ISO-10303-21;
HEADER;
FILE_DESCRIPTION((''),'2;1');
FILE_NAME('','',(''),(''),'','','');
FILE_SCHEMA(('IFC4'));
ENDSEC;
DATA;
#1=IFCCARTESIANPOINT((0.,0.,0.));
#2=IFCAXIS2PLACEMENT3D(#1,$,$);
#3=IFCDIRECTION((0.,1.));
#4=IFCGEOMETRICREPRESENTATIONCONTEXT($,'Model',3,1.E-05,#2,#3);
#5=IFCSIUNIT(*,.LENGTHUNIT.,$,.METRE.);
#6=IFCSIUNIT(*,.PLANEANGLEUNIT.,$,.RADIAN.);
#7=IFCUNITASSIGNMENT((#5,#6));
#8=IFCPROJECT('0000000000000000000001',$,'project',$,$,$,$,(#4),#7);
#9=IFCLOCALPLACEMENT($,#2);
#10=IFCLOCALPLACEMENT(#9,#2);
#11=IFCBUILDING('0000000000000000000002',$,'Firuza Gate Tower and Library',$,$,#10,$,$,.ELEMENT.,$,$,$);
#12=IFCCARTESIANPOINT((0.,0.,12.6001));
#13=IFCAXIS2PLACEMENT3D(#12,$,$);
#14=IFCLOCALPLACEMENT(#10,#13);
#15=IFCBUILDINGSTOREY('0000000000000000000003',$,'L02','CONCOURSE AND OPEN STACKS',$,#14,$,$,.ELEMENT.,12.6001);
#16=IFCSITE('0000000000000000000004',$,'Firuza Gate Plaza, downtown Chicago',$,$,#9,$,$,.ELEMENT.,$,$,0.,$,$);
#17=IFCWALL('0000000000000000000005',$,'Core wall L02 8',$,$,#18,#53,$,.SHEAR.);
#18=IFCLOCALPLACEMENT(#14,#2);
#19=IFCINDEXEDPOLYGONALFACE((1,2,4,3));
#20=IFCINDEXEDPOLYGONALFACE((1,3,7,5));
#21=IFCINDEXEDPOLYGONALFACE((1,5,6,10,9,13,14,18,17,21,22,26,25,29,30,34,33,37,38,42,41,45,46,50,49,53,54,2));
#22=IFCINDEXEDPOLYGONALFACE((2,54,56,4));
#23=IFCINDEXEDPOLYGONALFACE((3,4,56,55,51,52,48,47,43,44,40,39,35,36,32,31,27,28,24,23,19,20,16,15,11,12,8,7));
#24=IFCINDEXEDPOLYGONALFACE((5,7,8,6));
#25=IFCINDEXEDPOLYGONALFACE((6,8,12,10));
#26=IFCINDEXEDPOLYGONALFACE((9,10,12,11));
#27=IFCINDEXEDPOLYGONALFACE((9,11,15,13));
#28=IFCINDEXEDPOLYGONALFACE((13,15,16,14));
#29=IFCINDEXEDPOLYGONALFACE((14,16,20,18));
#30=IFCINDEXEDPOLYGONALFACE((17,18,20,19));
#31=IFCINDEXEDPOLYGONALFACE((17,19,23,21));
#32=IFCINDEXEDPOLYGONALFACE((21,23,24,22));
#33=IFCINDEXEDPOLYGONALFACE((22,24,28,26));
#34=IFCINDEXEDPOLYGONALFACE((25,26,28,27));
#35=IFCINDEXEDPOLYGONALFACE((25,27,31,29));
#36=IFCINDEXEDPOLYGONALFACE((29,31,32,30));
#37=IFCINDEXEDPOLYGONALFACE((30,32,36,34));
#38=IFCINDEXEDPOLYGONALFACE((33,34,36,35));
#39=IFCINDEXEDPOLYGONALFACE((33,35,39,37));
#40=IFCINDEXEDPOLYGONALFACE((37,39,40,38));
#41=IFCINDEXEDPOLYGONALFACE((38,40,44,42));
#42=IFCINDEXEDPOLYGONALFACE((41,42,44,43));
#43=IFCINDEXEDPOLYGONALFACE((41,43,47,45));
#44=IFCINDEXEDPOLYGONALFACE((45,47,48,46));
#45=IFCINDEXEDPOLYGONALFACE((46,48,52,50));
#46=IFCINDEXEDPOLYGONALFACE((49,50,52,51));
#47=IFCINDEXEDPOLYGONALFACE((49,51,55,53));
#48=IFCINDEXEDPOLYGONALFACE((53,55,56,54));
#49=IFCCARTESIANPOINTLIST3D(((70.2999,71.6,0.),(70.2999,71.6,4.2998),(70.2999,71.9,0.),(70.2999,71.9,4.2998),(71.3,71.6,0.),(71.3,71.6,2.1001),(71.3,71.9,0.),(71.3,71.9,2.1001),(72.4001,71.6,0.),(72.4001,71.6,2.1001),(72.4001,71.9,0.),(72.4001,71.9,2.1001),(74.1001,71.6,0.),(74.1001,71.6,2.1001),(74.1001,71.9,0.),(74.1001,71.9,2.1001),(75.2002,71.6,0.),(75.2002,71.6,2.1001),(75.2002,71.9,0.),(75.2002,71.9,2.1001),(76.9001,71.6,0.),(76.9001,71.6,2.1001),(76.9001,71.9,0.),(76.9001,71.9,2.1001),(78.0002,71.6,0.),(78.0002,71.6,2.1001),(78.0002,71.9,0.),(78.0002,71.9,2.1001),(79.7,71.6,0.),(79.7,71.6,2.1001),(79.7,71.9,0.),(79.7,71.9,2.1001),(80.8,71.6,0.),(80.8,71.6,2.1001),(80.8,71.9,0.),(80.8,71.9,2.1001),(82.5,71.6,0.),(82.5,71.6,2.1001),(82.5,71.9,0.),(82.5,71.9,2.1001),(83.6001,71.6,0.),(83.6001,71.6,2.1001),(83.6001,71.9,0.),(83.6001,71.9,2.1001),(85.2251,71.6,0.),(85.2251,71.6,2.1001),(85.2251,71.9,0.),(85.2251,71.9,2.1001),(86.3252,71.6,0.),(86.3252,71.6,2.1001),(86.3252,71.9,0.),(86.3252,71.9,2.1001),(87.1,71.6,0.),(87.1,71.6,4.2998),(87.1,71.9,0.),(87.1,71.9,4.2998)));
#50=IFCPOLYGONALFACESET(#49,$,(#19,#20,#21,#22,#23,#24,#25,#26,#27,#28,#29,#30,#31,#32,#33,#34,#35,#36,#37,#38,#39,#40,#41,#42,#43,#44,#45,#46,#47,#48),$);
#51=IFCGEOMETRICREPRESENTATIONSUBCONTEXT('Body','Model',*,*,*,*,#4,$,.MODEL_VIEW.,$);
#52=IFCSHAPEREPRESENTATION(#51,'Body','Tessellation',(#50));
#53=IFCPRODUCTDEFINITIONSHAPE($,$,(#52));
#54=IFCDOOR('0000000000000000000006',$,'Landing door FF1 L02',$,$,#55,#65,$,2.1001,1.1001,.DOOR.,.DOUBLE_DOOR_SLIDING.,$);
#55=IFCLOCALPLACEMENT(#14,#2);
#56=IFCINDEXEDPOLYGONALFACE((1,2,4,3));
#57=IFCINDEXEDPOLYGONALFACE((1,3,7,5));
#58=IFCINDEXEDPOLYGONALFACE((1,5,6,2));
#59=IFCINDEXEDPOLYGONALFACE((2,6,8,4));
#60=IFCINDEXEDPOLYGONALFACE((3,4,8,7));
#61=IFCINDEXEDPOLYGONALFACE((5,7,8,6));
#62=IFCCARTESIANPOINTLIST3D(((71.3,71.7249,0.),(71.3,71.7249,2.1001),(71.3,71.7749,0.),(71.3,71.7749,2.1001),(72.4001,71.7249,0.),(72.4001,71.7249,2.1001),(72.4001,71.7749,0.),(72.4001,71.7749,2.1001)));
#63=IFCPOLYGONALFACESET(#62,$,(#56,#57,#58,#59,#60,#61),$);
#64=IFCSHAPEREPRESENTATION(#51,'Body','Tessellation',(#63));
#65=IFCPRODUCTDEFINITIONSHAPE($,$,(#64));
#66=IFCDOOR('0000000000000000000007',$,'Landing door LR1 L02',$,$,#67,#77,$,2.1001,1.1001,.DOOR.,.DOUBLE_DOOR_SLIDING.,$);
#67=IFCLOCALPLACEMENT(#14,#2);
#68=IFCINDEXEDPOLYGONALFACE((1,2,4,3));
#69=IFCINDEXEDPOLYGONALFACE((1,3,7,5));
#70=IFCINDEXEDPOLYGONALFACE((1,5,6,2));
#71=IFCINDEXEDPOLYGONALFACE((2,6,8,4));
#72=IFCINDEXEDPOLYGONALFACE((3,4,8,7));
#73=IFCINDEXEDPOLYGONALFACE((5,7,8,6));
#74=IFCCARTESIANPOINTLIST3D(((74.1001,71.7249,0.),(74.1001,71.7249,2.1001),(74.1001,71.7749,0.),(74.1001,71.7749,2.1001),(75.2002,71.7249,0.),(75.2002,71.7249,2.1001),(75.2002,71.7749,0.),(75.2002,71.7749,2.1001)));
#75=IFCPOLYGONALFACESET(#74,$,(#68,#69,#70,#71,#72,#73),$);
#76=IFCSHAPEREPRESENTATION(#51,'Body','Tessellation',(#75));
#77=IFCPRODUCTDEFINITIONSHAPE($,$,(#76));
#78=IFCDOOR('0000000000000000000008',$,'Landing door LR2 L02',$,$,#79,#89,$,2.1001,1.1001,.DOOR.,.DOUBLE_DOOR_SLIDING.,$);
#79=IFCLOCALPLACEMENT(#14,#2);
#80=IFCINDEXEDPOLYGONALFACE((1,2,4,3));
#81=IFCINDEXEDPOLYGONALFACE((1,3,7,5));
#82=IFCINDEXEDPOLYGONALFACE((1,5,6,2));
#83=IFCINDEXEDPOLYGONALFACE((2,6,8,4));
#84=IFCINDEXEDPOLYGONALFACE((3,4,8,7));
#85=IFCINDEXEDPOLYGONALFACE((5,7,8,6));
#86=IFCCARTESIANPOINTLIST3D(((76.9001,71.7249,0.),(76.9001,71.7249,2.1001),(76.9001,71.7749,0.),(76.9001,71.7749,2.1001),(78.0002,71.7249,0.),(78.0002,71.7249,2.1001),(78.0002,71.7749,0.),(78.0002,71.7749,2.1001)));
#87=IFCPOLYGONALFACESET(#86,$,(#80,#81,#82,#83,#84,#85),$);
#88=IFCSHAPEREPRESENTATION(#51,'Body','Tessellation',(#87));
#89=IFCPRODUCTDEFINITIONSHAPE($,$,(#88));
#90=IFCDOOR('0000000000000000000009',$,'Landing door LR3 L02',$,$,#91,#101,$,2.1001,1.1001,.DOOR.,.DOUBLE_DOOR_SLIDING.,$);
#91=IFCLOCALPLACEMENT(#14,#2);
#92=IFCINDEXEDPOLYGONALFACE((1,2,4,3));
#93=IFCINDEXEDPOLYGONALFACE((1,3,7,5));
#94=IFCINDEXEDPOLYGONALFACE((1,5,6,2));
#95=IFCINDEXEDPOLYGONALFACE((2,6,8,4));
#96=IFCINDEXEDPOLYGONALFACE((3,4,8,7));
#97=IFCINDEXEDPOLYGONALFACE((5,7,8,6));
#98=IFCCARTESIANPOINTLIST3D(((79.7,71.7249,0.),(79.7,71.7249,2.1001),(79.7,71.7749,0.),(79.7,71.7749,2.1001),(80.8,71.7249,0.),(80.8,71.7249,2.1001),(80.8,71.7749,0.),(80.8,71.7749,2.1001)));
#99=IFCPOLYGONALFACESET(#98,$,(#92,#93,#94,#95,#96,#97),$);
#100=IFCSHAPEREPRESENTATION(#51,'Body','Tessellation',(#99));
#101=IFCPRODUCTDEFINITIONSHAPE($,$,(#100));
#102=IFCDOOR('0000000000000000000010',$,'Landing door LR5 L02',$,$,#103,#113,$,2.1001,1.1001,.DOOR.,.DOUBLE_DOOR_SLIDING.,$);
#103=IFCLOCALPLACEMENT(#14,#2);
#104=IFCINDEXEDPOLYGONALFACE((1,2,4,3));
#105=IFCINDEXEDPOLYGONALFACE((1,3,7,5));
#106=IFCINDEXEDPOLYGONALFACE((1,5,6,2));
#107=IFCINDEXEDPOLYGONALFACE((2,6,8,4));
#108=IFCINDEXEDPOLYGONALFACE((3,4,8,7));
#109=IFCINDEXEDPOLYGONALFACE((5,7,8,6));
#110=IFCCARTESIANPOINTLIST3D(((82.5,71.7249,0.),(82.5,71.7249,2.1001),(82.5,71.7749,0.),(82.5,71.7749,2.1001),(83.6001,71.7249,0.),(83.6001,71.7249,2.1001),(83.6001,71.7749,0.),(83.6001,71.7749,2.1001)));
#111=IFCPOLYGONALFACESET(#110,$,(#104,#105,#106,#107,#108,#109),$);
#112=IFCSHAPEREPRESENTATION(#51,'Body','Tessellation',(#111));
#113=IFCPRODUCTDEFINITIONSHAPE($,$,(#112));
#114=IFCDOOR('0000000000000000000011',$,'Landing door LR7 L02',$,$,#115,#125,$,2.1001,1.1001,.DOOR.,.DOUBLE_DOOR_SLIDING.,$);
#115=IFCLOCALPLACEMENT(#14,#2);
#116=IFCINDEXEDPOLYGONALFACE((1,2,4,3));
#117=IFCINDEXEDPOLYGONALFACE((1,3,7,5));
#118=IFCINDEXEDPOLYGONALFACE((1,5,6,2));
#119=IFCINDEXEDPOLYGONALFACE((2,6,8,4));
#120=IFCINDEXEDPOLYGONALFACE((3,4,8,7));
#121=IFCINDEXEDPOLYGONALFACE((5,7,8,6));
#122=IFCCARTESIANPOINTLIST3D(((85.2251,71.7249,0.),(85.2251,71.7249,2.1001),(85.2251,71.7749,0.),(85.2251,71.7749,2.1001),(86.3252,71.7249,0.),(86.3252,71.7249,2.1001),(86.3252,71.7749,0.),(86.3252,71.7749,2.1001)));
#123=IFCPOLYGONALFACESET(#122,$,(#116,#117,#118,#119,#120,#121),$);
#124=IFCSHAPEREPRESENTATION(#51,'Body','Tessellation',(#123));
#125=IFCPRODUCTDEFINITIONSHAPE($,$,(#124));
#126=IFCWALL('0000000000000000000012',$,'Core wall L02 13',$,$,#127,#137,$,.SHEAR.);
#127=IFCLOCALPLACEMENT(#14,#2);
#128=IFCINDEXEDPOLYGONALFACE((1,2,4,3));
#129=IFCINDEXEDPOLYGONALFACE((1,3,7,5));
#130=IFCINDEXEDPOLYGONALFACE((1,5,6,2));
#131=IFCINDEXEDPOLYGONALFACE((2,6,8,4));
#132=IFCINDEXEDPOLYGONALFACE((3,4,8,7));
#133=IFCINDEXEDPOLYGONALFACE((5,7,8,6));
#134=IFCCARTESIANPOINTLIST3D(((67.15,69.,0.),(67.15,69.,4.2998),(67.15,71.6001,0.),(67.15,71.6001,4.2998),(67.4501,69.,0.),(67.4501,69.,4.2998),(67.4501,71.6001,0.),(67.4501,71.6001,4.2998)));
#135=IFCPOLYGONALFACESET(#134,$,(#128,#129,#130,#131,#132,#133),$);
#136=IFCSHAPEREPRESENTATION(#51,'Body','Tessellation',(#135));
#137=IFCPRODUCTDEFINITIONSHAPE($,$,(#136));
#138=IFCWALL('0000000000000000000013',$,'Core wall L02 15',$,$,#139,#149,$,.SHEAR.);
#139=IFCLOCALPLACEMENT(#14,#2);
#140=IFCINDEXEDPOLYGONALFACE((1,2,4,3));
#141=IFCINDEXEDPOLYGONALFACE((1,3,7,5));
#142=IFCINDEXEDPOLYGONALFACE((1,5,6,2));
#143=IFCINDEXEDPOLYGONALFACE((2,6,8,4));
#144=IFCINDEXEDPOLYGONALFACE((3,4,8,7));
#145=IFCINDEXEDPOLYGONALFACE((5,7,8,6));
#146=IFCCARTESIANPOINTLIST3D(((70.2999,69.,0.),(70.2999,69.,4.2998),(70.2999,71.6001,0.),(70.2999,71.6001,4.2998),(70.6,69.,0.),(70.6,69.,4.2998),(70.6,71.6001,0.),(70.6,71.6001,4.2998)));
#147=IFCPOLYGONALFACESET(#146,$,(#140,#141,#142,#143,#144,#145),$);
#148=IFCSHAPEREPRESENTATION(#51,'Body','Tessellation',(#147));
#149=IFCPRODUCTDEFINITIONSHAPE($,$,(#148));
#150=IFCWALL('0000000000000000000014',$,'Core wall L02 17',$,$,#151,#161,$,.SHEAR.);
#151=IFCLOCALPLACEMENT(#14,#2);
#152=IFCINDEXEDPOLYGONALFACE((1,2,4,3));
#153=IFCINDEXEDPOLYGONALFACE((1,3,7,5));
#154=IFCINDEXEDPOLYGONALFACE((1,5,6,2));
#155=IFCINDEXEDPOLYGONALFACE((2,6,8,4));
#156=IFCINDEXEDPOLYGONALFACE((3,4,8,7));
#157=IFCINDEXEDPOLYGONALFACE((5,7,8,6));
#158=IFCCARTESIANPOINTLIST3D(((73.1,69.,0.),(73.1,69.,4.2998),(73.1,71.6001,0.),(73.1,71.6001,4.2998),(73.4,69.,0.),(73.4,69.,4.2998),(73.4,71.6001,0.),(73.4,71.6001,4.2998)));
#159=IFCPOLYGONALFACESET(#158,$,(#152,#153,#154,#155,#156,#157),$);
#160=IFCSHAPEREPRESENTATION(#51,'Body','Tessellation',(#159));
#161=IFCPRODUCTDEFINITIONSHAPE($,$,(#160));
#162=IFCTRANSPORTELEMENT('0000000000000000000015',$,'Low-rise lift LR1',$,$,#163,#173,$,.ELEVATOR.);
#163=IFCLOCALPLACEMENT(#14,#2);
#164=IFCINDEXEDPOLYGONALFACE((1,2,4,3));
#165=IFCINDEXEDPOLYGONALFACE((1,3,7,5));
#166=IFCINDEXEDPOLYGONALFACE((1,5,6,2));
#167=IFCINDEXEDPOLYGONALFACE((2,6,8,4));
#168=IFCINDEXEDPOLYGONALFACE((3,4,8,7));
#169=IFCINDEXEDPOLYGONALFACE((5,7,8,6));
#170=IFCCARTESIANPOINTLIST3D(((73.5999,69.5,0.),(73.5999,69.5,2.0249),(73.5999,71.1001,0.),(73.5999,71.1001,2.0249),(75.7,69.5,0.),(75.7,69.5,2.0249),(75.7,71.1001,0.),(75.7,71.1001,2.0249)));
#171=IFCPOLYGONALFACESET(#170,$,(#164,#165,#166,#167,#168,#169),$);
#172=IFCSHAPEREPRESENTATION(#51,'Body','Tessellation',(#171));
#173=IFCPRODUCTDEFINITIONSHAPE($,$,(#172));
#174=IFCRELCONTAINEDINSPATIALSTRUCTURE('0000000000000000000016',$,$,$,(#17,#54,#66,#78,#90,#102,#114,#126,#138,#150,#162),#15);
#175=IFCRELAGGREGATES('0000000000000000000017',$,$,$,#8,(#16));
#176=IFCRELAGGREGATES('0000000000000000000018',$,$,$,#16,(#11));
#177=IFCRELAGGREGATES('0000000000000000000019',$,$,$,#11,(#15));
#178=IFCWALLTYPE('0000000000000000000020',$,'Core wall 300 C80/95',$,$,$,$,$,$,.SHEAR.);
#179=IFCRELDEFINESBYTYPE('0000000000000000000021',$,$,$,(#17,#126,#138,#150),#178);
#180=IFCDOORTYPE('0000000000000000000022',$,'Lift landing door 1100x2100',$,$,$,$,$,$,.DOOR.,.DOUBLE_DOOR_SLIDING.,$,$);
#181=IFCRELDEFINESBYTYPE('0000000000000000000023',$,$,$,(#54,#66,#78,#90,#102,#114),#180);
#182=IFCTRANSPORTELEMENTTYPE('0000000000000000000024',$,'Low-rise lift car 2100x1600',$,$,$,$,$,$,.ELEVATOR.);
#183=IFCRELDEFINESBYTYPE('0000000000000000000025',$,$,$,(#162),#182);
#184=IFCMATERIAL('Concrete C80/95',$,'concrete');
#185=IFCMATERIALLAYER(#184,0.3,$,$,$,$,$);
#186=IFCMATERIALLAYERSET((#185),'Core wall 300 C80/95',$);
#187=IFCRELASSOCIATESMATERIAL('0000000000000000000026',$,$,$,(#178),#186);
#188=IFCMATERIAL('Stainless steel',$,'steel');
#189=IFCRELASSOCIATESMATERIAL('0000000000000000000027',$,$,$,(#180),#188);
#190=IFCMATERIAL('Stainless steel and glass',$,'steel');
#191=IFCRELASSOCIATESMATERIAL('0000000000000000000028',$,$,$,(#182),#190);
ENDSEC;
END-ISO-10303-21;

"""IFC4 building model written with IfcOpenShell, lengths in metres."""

from ifc_helpers import new_model, si_unit, direction, frame, frame_2d, origin, origin_2d, place, context, subcontext, project, spatial, rectangle, extrude, material, layer, layer_set, type_object, element, fill, save


model = new_model("IFC4")

# Units and contexts
model_context = context("Model", 3, precision=1e-05, world=origin(), true_north=direction((0.0, 1.0)))
body_context = subcontext(model_context, "Body", "Model", "MODEL_VIEW")
ifc_project = project(units=[si_unit("LENGTHUNIT", "METRE"), si_unit("PLANEANGLEUNIT", "RADIAN")], contexts=[model_context])

# Site, building, storey
site_placement = place(None, origin())
site = spatial("IfcSite", under=ifc_project, at=site_placement, Name="Firuza Gate Plaza, downtown Chicago", CompositionType="ELEMENT", RefElevation=0.0)
building_placement = place(site_placement, origin())
building = spatial("IfcBuilding", under=site, at=building_placement, Name="Firuza Gate Tower and Library", CompositionType="ELEMENT")
storey_placement = place(building_placement, frame((0.0, 0.0, 12.6001)))
storey = spatial("IfcBuildingStorey", under=building, at=storey_placement, Name="L02", Description="CONCOURSE AND OPEN STACKS", CompositionType="ELEMENT", Elevation=12.6001)

# Shared definitions
ifc_material_1 = material(Name="Concrete C80/95", Category="concrete")
ifc_layer_1 = layer(ifc_material_1, 0.3)
ifc_layer_set_1 = layer_set([ifc_layer_1], Name="Core wall 300 C80/95")
wall_type_1 = type_object("IfcWallType", Name="Core wall 300 C80/95", PredefinedType="SHEAR", material=ifc_layer_set_1)

# Wall, openings, doors
wall_1_placement = place(storey_placement, frame((70.3, 71.75, 0.0), z_axis=(0.0, 0.0, 1.0), x_axis=(1.0, 0.0, 0.0)))
wall_1 = element("IfcWall", 1, at=wall_1_placement, inside=storey, type_object=wall_type_1, Name="Core wall L02 8", PredefinedType="SHEAR", context=body_context, shape_type="SweptSolid", body=[
    extrude(rectangle(XDim=16.8, YDim=0.3, at=frame_2d((8.3999, 0.0))), origin(), (0.0, 0.0, 1.0), 4.2998),
])
opening_1_placement = place(wall_1_placement, frame((1.0, 0.0, 0.0)))
opening_1 = element("IfcOpeningElement", 2, at=opening_1_placement, cuts=wall_1, PredefinedType="OPENING", context=body_context, shape_type="SweptSolid", body=[
    extrude(rectangle(XDim=1.1001, YDim=2.1001, at=frame_2d((0.55, 1.05))), frame((0.0, 0.1602, 0.0), z_axis=(0.0, -1.0, 0.0), x_axis=(1.0, 0.0, 0.0)), (0.0, 0.0, 1.0), 0.3201),
])
opening_2_placement = place(wall_1_placement, frame((3.8, 0.0, 0.0)))
opening_2 = element("IfcOpeningElement", 3, at=opening_2_placement, cuts=wall_1, PredefinedType="OPENING", context=body_context, shape_type="SweptSolid", body=[
    extrude(rectangle(XDim=1.1001, YDim=2.1001, at=frame_2d((0.55, 1.05))), frame((0.0, 0.1602, 0.0), z_axis=(0.0, -1.0, 0.0), x_axis=(1.0, 0.0, 0.0)), (0.0, 0.0, 1.0), 0.3201),
])
opening_3_placement = place(wall_1_placement, frame((6.6001, 0.0, 0.0)))
opening_3 = element("IfcOpeningElement", 4, at=opening_3_placement, cuts=wall_1, PredefinedType="OPENING", context=body_context, shape_type="SweptSolid", body=[
    extrude(rectangle(XDim=1.1001, YDim=2.1001, at=frame_2d((0.55, 1.05))), frame((0.0, 0.1602, 0.0), z_axis=(0.0, -1.0, 0.0), x_axis=(1.0, 0.0, 0.0)), (0.0, 0.0, 1.0), 0.3201),
])
opening_4_placement = place(wall_1_placement, frame((9.3999, 0.0, 0.0)))
opening_4 = element("IfcOpeningElement", 5, at=opening_4_placement, cuts=wall_1, PredefinedType="OPENING", context=body_context, shape_type="SweptSolid", body=[
    extrude(rectangle(XDim=1.1001, YDim=2.1001, at=frame_2d((0.55, 1.05))), frame((0.0, 0.1602, 0.0), z_axis=(0.0, -1.0, 0.0), x_axis=(1.0, 0.0, 0.0)), (0.0, 0.0, 1.0), 0.3201),
])
opening_5_placement = place(wall_1_placement, frame((12.2, 0.0, 0.0)))
opening_5 = element("IfcOpeningElement", 6, at=opening_5_placement, cuts=wall_1, PredefinedType="OPENING", context=body_context, shape_type="SweptSolid", body=[
    extrude(rectangle(XDim=1.1001, YDim=2.1001, at=frame_2d((0.55, 1.05))), frame((0.0, 0.1602, 0.0), z_axis=(0.0, -1.0, 0.0), x_axis=(1.0, 0.0, 0.0)), (0.0, 0.0, 1.0), 0.3201),
])
opening_6_placement = place(wall_1_placement, frame((14.925, 0.0, 0.0)))
opening_6 = element("IfcOpeningElement", 7, at=opening_6_placement, cuts=wall_1, PredefinedType="OPENING", context=body_context, shape_type="SweptSolid", body=[
    extrude(rectangle(XDim=1.1001, YDim=2.1001, at=frame_2d((0.55, 1.05))), frame((0.0, 0.1602, 0.0), z_axis=(0.0, -1.0, 0.0), x_axis=(1.0, 0.0, 0.0)), (0.0, 0.0, 1.0), 0.3201),
])
ifc_material_2 = material(Name="Stainless steel", Category="steel")
door_type_1 = type_object("IfcDoorType", Name="Lift landing door 1100x2100", OperationType="DOUBLE_DOOR_SLIDING", PredefinedType="DOOR", material=ifc_material_2)
door_1_placement = place(opening_1_placement, origin())
door_1 = element("IfcDoor", 8, at=door_1_placement, inside=storey, type_object=door_type_1, Name="Landing door FF1 L02", OperationType="DOUBLE_DOOR_SLIDING", OverallHeight=2.1001, OverallWidth=1.1001, PredefinedType="DOOR", context=body_context, shape_type="SweptSolid", body=[
    extrude(rectangle(XDim=1.1001, YDim=2.1001, at=frame_2d((0.55, 1.05))), frame((0.0, 0.0249, 0.0), z_axis=(0.0, -1.0, 0.0), x_axis=(1.0, 0.0, 0.0)), (0.0, 0.0, 1.0), 0.05),
])
fill(opening_1, door_1)
door_2_placement = place(opening_2_placement, origin())
door_2 = element("IfcDoor", 9, at=door_2_placement, inside=storey, type_object=door_type_1, Name="Landing door LR1 L02", OperationType="DOUBLE_DOOR_SLIDING", OverallHeight=2.1001, OverallWidth=1.1001, PredefinedType="DOOR", context=body_context, shape_type="SweptSolid", body=[
    extrude(rectangle(XDim=1.1001, YDim=2.1001, at=frame_2d((0.55, 1.05))), frame((0.0, 0.0249, 0.0), z_axis=(0.0, -1.0, 0.0), x_axis=(1.0, 0.0, 0.0)), (0.0, 0.0, 1.0), 0.05),
])
fill(opening_2, door_2)
door_3_placement = place(opening_3_placement, origin())
door_3 = element("IfcDoor", 10, at=door_3_placement, inside=storey, type_object=door_type_1, Name="Landing door LR2 L02", OperationType="DOUBLE_DOOR_SLIDING", OverallHeight=2.1001, OverallWidth=1.1001, PredefinedType="DOOR", context=body_context, shape_type="SweptSolid", body=[
    extrude(rectangle(XDim=1.1001, YDim=2.1001, at=frame_2d((0.55, 1.05))), frame((0.0, 0.0249, 0.0), z_axis=(0.0, -1.0, 0.0), x_axis=(1.0, 0.0, 0.0)), (0.0, 0.0, 1.0), 0.05),
])
fill(opening_3, door_3)
door_4_placement = place(opening_4_placement, origin())
door_4 = element("IfcDoor", 11, at=door_4_placement, inside=storey, type_object=door_type_1, Name="Landing door LR3 L02", OperationType="DOUBLE_DOOR_SLIDING", OverallHeight=2.1001, OverallWidth=1.1001, PredefinedType="DOOR", context=body_context, shape_type="SweptSolid", body=[
    extrude(rectangle(XDim=1.1001, YDim=2.1001, at=frame_2d((0.55, 1.05))), frame((0.0, 0.0249, 0.0), z_axis=(0.0, -1.0, 0.0), x_axis=(1.0, 0.0, 0.0)), (0.0, 0.0, 1.0), 0.05),
])
fill(opening_4, door_4)
door_5_placement = place(opening_5_placement, origin())
door_5 = element("IfcDoor", 12, at=door_5_placement, inside=storey, type_object=door_type_1, Name="Landing door LR5 L02", OperationType="DOUBLE_DOOR_SLIDING", OverallHeight=2.1001, OverallWidth=1.1001, PredefinedType="DOOR", context=body_context, shape_type="SweptSolid", body=[
    extrude(rectangle(XDim=1.1001, YDim=2.1001, at=frame_2d((0.55, 1.05))), frame((0.0, 0.0249, 0.0), z_axis=(0.0, -1.0, 0.0), x_axis=(1.0, 0.0, 0.0)), (0.0, 0.0, 1.0), 0.05),
])
fill(opening_5, door_5)
door_6_placement = place(opening_6_placement, origin())
door_6 = element("IfcDoor", 13, at=door_6_placement, inside=storey, type_object=door_type_1, Name="Landing door LR7 L02", OperationType="DOUBLE_DOOR_SLIDING", OverallHeight=2.1001, OverallWidth=1.1001, PredefinedType="DOOR", context=body_context, shape_type="SweptSolid", body=[
    extrude(rectangle(XDim=1.1001, YDim=2.1001, at=frame_2d((0.55, 1.05))), frame((0.0, 0.0249, 0.0), z_axis=(0.0, -1.0, 0.0), x_axis=(1.0, 0.0, 0.0)), (0.0, 0.0, 1.0), 0.05),
])
fill(opening_6, door_6)

# Walls
for number, where, z_axis, x_axis, name in (
    (14, (67.3, 69.0, 0.0), (0.0, 0.0, 1.0), (0.0, 1.0, 0.0), "Core wall L02 13"),
    (15, (70.45, 69.0, 0.0), (0.0, 0.0, 1.0), (0.0, 1.0, 0.0), "Core wall L02 15"),
    (16, (73.25, 69.0, 0.0), (0.0, 0.0, 1.0), (0.0, 1.0, 0.0), "Core wall L02 17"),
):
    element("IfcWall", number, at=place(storey_placement, frame(where, z_axis=z_axis, x_axis=x_axis)), inside=storey, type_object=wall_type_1, Name=name, PredefinedType="SHEAR", context=body_context, shape_type="SweptSolid", body=[
        extrude(rectangle(XDim=2.6001, YDim=0.3, at=frame_2d((1.3, 0.0))), origin(), (0.0, 0.0, 1.0), 4.2998),
    ])

# Transport element
ifc_material_3 = material(Name="Stainless steel and glass", Category="steel")
transport_element_type = type_object("IfcTransportElementType", Name="Low-rise lift car 2100x1600", PredefinedType="ELEVATOR", material=ifc_material_3)
transport_element_placement = place(storey_placement, frame((74.6499, 70.3, 0.0), z_axis=(0.0, 0.0, 1.0), x_axis=(1.0, 0.0, 0.0)))
element("IfcTransportElement", 17, at=transport_element_placement, inside=storey, type_object=transport_element_type, Name="Low-rise lift LR1", PredefinedType="ELEVATOR", context=body_context, shape_type="SweptSolid", body=[
    extrude(rectangle(XDim=2.1001, YDim=1.6001, at=origin_2d()), origin(), (0.0, 0.0, 1.0), 2.0249),
])

save(model, "model.ifc")
